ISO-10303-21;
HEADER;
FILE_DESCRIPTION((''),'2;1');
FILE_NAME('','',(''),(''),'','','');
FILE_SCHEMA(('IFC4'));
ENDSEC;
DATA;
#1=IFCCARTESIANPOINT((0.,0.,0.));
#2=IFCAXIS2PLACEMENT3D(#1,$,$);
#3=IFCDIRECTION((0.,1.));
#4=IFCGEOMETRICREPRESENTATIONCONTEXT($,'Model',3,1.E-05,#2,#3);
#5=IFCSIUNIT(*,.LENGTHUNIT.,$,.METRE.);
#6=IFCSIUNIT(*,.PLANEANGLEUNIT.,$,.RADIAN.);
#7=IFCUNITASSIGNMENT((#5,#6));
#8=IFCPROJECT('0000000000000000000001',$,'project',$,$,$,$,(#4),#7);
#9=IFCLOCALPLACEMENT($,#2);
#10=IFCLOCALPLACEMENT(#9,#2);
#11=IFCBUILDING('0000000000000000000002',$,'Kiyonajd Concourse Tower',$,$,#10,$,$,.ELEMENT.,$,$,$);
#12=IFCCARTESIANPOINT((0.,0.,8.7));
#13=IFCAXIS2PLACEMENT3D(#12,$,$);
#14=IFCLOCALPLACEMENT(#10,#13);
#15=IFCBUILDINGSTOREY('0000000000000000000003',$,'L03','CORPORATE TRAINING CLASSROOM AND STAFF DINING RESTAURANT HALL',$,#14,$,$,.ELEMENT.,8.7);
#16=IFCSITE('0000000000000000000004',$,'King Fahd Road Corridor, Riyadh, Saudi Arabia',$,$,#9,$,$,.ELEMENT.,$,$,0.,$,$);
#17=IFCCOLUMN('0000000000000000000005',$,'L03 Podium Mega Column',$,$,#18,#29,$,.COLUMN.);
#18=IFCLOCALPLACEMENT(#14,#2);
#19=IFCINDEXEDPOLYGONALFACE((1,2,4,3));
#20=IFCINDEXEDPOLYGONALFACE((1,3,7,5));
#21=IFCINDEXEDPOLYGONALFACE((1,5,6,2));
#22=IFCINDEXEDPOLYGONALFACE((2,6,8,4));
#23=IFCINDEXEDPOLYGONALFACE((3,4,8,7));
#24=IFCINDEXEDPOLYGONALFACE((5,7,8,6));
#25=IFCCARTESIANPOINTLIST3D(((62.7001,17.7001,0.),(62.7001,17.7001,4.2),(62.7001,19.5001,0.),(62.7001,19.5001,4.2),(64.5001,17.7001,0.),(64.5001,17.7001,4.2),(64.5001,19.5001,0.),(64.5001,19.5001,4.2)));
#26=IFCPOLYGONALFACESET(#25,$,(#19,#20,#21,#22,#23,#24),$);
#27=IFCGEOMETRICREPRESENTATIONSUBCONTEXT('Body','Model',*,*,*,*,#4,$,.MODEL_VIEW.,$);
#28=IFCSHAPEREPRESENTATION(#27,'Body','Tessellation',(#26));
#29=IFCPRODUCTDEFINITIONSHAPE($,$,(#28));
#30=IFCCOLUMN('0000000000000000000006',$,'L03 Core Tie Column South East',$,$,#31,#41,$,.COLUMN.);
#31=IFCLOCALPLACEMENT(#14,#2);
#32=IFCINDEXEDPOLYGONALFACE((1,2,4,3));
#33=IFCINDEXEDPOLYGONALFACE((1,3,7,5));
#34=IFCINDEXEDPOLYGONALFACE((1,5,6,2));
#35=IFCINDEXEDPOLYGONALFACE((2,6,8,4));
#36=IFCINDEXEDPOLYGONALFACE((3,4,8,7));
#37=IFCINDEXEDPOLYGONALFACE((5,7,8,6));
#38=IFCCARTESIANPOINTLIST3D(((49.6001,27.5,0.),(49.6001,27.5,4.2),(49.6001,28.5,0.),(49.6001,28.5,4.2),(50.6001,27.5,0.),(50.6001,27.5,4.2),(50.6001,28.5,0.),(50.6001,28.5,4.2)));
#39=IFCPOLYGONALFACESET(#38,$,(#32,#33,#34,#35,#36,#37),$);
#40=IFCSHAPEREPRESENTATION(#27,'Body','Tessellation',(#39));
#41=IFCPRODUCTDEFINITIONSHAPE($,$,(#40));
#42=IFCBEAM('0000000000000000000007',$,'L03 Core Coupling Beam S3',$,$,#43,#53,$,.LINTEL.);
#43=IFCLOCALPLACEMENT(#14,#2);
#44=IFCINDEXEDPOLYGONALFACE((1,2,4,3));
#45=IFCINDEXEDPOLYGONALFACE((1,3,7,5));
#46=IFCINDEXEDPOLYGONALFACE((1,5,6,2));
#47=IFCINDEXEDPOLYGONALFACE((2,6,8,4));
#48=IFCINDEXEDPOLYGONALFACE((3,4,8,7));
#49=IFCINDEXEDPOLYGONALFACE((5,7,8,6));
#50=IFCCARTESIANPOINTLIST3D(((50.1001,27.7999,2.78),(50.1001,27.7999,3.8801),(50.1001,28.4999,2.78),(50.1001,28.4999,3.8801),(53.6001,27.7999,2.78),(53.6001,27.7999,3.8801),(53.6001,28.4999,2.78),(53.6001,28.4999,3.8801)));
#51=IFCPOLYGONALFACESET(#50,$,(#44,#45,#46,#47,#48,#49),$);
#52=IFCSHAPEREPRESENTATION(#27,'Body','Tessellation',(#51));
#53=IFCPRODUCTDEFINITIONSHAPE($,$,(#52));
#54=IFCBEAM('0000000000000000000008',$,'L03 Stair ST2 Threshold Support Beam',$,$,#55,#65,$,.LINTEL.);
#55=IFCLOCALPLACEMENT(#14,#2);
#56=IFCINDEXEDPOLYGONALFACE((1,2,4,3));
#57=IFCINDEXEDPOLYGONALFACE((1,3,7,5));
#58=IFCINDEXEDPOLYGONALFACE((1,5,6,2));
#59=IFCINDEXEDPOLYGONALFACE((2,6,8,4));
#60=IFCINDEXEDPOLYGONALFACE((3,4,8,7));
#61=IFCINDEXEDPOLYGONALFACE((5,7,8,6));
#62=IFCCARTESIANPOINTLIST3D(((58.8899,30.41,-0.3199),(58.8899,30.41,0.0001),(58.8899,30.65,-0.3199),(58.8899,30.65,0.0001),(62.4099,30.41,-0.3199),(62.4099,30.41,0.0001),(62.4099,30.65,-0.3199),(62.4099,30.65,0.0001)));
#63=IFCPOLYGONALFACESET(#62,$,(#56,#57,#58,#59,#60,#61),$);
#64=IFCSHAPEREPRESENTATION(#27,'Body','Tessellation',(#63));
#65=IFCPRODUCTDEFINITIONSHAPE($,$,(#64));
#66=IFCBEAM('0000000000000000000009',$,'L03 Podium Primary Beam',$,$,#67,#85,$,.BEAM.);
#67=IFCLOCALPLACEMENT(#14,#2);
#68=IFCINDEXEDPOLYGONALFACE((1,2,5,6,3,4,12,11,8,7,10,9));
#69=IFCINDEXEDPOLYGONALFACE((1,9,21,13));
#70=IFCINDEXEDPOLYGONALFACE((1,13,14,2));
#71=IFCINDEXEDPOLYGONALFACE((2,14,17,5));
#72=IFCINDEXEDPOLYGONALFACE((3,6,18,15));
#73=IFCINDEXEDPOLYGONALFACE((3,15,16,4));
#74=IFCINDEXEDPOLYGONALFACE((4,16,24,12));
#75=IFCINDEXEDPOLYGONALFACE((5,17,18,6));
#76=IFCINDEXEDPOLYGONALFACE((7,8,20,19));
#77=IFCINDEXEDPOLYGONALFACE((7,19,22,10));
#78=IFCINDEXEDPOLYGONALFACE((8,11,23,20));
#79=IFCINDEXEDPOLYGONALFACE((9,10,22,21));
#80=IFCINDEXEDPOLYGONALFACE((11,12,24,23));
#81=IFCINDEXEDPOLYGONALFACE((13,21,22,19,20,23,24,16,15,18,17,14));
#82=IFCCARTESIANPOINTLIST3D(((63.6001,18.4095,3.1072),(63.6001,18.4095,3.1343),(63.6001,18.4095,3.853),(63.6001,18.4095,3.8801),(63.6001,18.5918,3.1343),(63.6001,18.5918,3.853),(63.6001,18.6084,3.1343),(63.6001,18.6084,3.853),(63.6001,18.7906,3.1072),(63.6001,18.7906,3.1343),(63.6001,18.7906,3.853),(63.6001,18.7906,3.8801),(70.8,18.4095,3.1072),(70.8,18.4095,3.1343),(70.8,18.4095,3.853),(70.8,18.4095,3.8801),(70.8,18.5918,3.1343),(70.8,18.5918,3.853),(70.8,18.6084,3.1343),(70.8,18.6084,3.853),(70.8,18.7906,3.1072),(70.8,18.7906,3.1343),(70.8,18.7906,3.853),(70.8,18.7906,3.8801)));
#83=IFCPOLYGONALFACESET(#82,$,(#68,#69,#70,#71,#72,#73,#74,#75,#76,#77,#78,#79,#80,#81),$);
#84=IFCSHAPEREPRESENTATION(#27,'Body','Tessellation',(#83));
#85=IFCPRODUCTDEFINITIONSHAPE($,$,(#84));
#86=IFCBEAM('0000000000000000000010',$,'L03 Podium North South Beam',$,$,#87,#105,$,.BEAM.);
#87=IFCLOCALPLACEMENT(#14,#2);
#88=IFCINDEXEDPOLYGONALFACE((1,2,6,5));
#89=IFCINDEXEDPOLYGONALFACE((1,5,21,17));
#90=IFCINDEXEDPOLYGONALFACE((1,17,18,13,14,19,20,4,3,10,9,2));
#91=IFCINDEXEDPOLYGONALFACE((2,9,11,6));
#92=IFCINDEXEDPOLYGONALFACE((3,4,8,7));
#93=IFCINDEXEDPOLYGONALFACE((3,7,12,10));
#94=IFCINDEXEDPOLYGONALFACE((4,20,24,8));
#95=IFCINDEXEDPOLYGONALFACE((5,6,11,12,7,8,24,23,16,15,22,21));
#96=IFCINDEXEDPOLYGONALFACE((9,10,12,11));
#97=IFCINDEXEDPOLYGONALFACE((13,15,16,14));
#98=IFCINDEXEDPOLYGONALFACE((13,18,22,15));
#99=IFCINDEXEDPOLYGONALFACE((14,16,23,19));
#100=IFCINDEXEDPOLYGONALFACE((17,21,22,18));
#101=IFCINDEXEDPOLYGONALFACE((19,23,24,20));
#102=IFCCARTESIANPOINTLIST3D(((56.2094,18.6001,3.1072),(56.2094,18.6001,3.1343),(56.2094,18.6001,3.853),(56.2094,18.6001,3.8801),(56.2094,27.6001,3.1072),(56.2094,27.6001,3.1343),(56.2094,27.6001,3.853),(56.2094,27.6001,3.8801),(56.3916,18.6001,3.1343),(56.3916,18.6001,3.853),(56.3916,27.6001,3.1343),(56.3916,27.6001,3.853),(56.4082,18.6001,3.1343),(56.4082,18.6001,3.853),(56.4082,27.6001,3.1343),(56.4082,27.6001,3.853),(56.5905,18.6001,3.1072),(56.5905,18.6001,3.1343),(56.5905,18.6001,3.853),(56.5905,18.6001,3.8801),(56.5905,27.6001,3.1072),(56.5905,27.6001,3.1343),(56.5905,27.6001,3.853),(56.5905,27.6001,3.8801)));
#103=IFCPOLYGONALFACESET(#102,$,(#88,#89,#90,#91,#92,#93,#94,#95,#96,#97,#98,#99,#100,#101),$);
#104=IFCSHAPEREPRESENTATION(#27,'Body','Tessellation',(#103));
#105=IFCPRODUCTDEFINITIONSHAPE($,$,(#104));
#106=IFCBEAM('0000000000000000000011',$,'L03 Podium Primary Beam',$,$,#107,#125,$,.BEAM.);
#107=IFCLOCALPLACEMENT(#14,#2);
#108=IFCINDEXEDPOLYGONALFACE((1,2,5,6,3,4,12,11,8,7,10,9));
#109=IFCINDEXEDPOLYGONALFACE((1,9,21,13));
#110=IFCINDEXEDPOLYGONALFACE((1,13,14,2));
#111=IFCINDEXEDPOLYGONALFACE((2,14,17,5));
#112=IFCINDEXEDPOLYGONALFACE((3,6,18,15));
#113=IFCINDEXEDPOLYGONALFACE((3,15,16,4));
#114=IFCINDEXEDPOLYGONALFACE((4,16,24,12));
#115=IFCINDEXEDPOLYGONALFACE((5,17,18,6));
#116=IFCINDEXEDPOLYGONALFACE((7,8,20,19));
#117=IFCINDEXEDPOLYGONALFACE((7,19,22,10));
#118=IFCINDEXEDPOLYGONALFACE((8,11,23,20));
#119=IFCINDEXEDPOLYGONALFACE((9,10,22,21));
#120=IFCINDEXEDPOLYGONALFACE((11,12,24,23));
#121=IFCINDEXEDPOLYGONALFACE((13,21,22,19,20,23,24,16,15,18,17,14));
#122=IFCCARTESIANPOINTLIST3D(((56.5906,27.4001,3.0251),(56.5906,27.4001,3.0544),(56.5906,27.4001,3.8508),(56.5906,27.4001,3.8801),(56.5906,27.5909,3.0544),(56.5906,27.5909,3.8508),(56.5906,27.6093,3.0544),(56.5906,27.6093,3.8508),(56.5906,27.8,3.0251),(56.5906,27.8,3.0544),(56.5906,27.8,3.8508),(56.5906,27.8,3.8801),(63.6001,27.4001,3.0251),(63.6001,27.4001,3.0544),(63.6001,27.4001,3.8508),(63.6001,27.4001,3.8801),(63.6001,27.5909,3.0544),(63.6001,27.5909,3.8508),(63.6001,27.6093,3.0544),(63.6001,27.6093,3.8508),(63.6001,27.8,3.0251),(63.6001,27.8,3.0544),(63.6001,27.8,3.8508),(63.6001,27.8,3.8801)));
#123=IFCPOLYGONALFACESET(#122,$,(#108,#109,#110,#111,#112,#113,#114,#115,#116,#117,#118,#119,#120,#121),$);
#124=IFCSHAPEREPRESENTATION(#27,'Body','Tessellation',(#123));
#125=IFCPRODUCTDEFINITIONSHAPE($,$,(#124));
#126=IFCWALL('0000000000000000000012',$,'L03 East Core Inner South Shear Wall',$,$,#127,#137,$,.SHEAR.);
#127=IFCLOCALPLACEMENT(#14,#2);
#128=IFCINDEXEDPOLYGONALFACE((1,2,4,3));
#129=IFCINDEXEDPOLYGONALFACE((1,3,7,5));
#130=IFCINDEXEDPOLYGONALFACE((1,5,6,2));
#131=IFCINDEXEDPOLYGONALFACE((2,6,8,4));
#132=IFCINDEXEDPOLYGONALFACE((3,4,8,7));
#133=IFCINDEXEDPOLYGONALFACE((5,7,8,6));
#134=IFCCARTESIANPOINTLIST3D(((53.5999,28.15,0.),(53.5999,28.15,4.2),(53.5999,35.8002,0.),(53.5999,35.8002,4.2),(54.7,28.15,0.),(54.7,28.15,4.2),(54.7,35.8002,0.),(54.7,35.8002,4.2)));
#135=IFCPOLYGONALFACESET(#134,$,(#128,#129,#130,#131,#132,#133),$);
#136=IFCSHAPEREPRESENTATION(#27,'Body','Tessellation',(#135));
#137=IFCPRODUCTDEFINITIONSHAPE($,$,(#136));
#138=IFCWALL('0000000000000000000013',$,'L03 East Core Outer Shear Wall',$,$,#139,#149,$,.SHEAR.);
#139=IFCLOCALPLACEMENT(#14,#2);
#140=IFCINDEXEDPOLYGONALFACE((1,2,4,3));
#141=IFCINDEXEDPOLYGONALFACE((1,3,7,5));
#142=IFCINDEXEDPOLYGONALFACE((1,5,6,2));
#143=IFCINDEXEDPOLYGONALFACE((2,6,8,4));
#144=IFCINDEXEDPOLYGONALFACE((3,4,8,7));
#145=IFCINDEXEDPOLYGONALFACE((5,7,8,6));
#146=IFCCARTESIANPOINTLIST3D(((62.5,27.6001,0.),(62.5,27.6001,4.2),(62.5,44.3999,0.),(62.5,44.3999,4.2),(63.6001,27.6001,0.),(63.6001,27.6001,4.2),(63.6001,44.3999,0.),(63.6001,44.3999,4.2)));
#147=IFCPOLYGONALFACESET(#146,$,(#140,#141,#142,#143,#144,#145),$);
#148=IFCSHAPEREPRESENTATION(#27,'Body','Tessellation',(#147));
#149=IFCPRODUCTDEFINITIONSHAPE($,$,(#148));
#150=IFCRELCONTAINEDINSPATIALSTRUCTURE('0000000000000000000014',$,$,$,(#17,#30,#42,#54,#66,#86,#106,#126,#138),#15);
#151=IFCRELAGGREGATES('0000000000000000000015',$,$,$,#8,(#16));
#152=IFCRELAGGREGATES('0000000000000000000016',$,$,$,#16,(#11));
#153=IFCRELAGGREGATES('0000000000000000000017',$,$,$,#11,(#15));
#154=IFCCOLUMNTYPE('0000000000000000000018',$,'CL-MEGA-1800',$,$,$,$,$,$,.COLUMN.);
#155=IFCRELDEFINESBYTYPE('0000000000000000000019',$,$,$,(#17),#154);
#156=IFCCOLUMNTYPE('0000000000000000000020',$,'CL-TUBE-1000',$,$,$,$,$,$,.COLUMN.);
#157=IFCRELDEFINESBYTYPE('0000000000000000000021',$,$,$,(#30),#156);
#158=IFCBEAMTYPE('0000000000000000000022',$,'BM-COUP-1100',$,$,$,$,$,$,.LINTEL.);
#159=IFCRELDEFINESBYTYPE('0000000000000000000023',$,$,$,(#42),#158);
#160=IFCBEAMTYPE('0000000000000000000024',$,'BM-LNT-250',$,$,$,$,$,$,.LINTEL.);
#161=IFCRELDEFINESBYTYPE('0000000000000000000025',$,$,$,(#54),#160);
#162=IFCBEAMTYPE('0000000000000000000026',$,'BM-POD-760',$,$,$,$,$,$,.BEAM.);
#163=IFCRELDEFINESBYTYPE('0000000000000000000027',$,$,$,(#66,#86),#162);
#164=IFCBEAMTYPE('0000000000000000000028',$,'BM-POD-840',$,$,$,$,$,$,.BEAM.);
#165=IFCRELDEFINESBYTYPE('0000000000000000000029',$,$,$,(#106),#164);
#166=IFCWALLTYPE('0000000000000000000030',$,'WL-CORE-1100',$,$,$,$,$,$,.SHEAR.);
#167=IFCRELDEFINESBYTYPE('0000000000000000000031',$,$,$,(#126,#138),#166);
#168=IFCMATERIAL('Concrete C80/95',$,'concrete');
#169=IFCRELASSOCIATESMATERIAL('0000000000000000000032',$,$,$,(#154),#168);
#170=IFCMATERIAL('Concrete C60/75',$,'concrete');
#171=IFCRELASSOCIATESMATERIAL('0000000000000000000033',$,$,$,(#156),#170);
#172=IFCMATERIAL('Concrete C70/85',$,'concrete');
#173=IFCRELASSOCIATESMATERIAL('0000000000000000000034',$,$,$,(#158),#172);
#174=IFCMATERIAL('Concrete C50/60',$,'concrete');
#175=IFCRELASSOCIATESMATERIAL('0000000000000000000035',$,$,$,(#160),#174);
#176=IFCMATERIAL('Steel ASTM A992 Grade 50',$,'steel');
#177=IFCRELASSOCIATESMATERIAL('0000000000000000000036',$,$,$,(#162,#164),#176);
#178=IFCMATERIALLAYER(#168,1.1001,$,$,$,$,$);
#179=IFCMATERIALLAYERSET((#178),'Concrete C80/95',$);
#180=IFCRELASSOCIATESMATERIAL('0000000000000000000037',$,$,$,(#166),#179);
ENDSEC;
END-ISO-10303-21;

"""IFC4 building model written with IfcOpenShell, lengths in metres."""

from ifc_helpers import new_model, si_unit, direction, frame, frame_2d, origin, origin_2d, place, context, subcontext, project, spatial, rectangle, i_section, extrude, material, layer, layer_set, material_profile, profile_set, type_object, element, save


model = new_model("IFC4")

# Units and contexts
model_context = context("Model", 3, precision=1e-05, world=origin(), true_north=direction((0.0, 1.0)))
body_context = subcontext(model_context, "Body", "Model", "MODEL_VIEW")
ifc_project = project(units=[si_unit("LENGTHUNIT", "METRE"), si_unit("PLANEANGLEUNIT", "RADIAN")], contexts=[model_context])

# Site, building, storey
site_placement = place(None, origin())
site = spatial("IfcSite", under=ifc_project, at=site_placement, Name="King Fahd Road Corridor, Riyadh, Saudi Arabia", CompositionType="ELEMENT", RefElevation=0.0)
building_placement = place(site_placement, origin())
building = spatial("IfcBuilding", under=site, at=building_placement, Name="Kiyonajd Concourse Tower", CompositionType="ELEMENT")
storey_placement = place(building_placement, frame((0.0, 0.0, 8.7)))
storey = spatial("IfcBuildingStorey", under=building, at=storey_placement, Name="L03", Description="CORPORATE TRAINING CLASSROOM AND STAFF DINING RESTAURANT HALL", CompositionType="ELEMENT", Elevation=8.7)

# Columns
ifc_material_1 = material(Name="Concrete C80/95", Category="concrete")
ifc_material_profile_1 = material_profile(ifc_material_1, rectangle(XDim=1.8, YDim=1.8, at=origin_2d()), Name="RC-1800x1800")
ifc_profile_set_1 = profile_set([ifc_material_profile_1], Name="Concrete C80/95")
column_type_1 = type_object("IfcColumnType", Name="CL-MEGA-1800", PredefinedType="COLUMN", material=ifc_profile_set_1)
column_1_placement = place(storey_placement, frame((63.6001, 18.6001, 0.0), z_axis=(0.0, 0.0, 1.0), x_axis=(1.0, 0.0, 0.0)))
element("IfcColumn", 1, at=column_1_placement, inside=storey, type_object=column_type_1, Name="L03 Podium Mega Column", PredefinedType="COLUMN", context=body_context, shape_type="SweptSolid", body=[
    extrude(rectangle(XDim=1.8, YDim=1.8, at=origin_2d()), origin(), (0.0, 0.0, 1.0), 4.2),
])
ifc_material_2 = material(Name="Concrete C60/75", Category="concrete")
ifc_material_profile_2 = material_profile(ifc_material_2, rectangle(XDim=1.0, YDim=1.0, at=origin_2d()), Name="RC-1000x1000")
ifc_profile_set_2 = profile_set([ifc_material_profile_2], Name="Concrete C60/75")
column_type_2 = type_object("IfcColumnType", Name="CL-TUBE-1000", PredefinedType="COLUMN", material=ifc_profile_set_2)
column_2_placement = place(storey_placement, frame((50.1001, 28.0, 0.0), z_axis=(0.0, 0.0, 1.0), x_axis=(1.0, 0.0, 0.0)))
element("IfcColumn", 2, at=column_2_placement, inside=storey, type_object=column_type_2, Name="L03 Core Tie Column South East", PredefinedType="COLUMN", context=body_context, shape_type="SweptSolid", body=[
    extrude(rectangle(XDim=1.0, YDim=1.0, at=origin_2d()), origin(), (0.0, 0.0, 1.0), 4.2),
])

# Beams
ifc_material_3 = material(Name="Concrete C70/85", Category="concrete")
ifc_material_profile_3 = material_profile(ifc_material_3, rectangle(XDim=0.7, YDim=1.1001, at=origin_2d()), Name="RCBM-700x1100")
ifc_profile_set_3 = profile_set([ifc_material_profile_3], Name="Concrete C70/85")
beam_type_1 = type_object("IfcBeamType", Name="BM-COUP-1100", PredefinedType="LINTEL", material=ifc_profile_set_3)
beam_1_placement = place(storey_placement, frame((50.1001, 28.1499, 3.3301), z_axis=(1.0, 0.0, 0.0), x_axis=(0.0, 1.0, 0.0)))
element("IfcBeam", 3, at=beam_1_placement, inside=storey, type_object=beam_type_1, Name="L03 Core Coupling Beam S3", PredefinedType="LINTEL", context=body_context, shape_type="SweptSolid", body=[
    extrude(rectangle(XDim=0.7, YDim=1.1001, at=origin_2d()), origin(), (0.0, 0.0, 1.0), 3.5),
])
ifc_material_4 = material(Name="Concrete C50/60", Category="concrete")
ifc_material_profile_4 = material_profile(ifc_material_4, rectangle(XDim=0.24, YDim=0.3201, at=origin_2d()), Name="RCBM-240x320")
ifc_profile_set_4 = profile_set([ifc_material_profile_4], Name="Concrete C50/60")
beam_type_2 = type_object("IfcBeamType", Name="BM-LNT-250", PredefinedType="LINTEL", material=ifc_profile_set_4)
beam_2_placement = place(storey_placement, frame((58.8899, 30.53, -0.1599), z_axis=(1.0, 0.0, 0.0), x_axis=(0.0, 1.0, 0.0)))
element("IfcBeam", 4, at=beam_2_placement, inside=storey, type_object=beam_type_2, Name="L03 Stair ST2 Threshold Support Beam", PredefinedType="LINTEL", context=body_context, shape_type="SweptSolid", body=[
    extrude(rectangle(XDim=0.24, YDim=0.3201, at=origin_2d()), origin(), (0.0, 0.0, 1.0), 3.52),
])
ifc_material_5 = material(Name="Steel ASTM A992 Grade 50", Category="steel")
ifc_material_profile_5 = material_profile(ifc_material_5, i_section(OverallWidth=0.3811, OverallDepth=0.7729, WebThickness=0.0166, FlangeThickness=0.0271, at=origin_2d()), Name="W760X257")
ifc_profile_set_5 = profile_set([ifc_material_profile_5], Name="Steel ASTM A992 Grade 50")
beam_type_3 = type_object("IfcBeamType", Name="BM-POD-760", PredefinedType="BEAM", material=ifc_profile_set_5)
beam_3_placement = place(storey_placement, frame((63.6001, 18.6001, 3.4937), z_axis=(1.0, 0.0, 0.0), x_axis=(0.0, 1.0, 0.0)))
element("IfcBeam", 5, at=beam_3_placement, inside=storey, type_object=beam_type_3, Name="L03 Podium Primary Beam", PredefinedType="BEAM", context=body_context, shape_type="SweptSolid", body=[
    extrude(i_section(OverallWidth=0.3811, OverallDepth=0.7729, WebThickness=0.0166, FlangeThickness=0.0271, at=origin_2d()), origin(), (0.0, 0.0, 1.0), 7.2),
])
beam_4_placement = place(storey_placement, frame((56.3999, 18.6001, 3.4937), z_axis=(0.0, 1.0, 0.0), x_axis=(-1.0, 0.0, 0.0)))
element("IfcBeam", 6, at=beam_4_placement, inside=storey, type_object=beam_type_3, Name="L03 Podium North South Beam", PredefinedType="BEAM", context=body_context, shape_type="SweptSolid", body=[
    extrude(i_section(OverallWidth=0.3811, OverallDepth=0.7729, WebThickness=0.0166, FlangeThickness=0.0271, at=origin_2d()), origin(), (0.0, 0.0, 1.0), 9.0),
])
ifc_material_profile_6 = material_profile(ifc_material_5, i_section(OverallWidth=0.3999, OverallDepth=0.855, WebThickness=0.0183, FlangeThickness=0.0293, at=origin_2d()), Name="W840X299")
ifc_profile_set_6 = profile_set([ifc_material_profile_6], Name="Steel ASTM A992 Grade 50")
beam_type_4 = type_object("IfcBeamType", Name="BM-POD-840", PredefinedType="BEAM", material=ifc_profile_set_6)
beam_5_placement = place(storey_placement, frame((56.5906, 27.6001, 3.4526), z_axis=(1.0, 0.0, 0.0), x_axis=(0.0, 1.0, 0.0)))
element("IfcBeam", 7, at=beam_5_placement, inside=storey, type_object=beam_type_4, Name="L03 Podium Primary Beam", PredefinedType="BEAM", context=body_context, shape_type="SweptSolid", body=[
    extrude(i_section(OverallWidth=0.3999, OverallDepth=0.855, WebThickness=0.0183, FlangeThickness=0.0293, at=origin_2d()), origin(), (0.0, 0.0, 1.0), 7.0095),
])

# Walls
ifc_layer_1 = layer(ifc_material_1, 1.1001)
ifc_layer_set_1 = layer_set([ifc_layer_1], Name="Concrete C80/95")
wall_type_1 = type_object("IfcWallType", Name="WL-CORE-1100", PredefinedType="SHEAR", material=ifc_layer_set_1)
wall_1_placement = place(storey_placement, frame((54.1499, 28.1499, 0.0), z_axis=(0.0, 0.0, 1.0), x_axis=(0.0, 1.0, 0.0)))
element("IfcWall", 8, at=wall_1_placement, inside=storey, type_object=wall_type_1, Name="L03 East Core Inner South Shear Wall", PredefinedType="SHEAR", context=body_context, shape_type="SweptSolid", body=[
    extrude(rectangle(XDim=7.6501, YDim=1.1001, at=frame_2d((3.8252, 0.0))), origin(), (0.0, 0.0, 1.0), 4.2),
])
wall_2_placement = place(storey_placement, frame((63.05, 27.6001, 0.0), z_axis=(0.0, 0.0, 1.0), x_axis=(0.0, 1.0, 0.0)))
element("IfcWall", 9, at=wall_2_placement, inside=storey, type_object=wall_type_1, Name="L03 East Core Outer Shear Wall", PredefinedType="SHEAR", context=body_context, shape_type="SweptSolid", body=[
    extrude(rectangle(XDim=16.7998, YDim=1.1001, at=frame_2d((8.3999, 0.0))), origin(), (0.0, 0.0, 1.0), 4.2),
])

save(model, "model.ifc")
